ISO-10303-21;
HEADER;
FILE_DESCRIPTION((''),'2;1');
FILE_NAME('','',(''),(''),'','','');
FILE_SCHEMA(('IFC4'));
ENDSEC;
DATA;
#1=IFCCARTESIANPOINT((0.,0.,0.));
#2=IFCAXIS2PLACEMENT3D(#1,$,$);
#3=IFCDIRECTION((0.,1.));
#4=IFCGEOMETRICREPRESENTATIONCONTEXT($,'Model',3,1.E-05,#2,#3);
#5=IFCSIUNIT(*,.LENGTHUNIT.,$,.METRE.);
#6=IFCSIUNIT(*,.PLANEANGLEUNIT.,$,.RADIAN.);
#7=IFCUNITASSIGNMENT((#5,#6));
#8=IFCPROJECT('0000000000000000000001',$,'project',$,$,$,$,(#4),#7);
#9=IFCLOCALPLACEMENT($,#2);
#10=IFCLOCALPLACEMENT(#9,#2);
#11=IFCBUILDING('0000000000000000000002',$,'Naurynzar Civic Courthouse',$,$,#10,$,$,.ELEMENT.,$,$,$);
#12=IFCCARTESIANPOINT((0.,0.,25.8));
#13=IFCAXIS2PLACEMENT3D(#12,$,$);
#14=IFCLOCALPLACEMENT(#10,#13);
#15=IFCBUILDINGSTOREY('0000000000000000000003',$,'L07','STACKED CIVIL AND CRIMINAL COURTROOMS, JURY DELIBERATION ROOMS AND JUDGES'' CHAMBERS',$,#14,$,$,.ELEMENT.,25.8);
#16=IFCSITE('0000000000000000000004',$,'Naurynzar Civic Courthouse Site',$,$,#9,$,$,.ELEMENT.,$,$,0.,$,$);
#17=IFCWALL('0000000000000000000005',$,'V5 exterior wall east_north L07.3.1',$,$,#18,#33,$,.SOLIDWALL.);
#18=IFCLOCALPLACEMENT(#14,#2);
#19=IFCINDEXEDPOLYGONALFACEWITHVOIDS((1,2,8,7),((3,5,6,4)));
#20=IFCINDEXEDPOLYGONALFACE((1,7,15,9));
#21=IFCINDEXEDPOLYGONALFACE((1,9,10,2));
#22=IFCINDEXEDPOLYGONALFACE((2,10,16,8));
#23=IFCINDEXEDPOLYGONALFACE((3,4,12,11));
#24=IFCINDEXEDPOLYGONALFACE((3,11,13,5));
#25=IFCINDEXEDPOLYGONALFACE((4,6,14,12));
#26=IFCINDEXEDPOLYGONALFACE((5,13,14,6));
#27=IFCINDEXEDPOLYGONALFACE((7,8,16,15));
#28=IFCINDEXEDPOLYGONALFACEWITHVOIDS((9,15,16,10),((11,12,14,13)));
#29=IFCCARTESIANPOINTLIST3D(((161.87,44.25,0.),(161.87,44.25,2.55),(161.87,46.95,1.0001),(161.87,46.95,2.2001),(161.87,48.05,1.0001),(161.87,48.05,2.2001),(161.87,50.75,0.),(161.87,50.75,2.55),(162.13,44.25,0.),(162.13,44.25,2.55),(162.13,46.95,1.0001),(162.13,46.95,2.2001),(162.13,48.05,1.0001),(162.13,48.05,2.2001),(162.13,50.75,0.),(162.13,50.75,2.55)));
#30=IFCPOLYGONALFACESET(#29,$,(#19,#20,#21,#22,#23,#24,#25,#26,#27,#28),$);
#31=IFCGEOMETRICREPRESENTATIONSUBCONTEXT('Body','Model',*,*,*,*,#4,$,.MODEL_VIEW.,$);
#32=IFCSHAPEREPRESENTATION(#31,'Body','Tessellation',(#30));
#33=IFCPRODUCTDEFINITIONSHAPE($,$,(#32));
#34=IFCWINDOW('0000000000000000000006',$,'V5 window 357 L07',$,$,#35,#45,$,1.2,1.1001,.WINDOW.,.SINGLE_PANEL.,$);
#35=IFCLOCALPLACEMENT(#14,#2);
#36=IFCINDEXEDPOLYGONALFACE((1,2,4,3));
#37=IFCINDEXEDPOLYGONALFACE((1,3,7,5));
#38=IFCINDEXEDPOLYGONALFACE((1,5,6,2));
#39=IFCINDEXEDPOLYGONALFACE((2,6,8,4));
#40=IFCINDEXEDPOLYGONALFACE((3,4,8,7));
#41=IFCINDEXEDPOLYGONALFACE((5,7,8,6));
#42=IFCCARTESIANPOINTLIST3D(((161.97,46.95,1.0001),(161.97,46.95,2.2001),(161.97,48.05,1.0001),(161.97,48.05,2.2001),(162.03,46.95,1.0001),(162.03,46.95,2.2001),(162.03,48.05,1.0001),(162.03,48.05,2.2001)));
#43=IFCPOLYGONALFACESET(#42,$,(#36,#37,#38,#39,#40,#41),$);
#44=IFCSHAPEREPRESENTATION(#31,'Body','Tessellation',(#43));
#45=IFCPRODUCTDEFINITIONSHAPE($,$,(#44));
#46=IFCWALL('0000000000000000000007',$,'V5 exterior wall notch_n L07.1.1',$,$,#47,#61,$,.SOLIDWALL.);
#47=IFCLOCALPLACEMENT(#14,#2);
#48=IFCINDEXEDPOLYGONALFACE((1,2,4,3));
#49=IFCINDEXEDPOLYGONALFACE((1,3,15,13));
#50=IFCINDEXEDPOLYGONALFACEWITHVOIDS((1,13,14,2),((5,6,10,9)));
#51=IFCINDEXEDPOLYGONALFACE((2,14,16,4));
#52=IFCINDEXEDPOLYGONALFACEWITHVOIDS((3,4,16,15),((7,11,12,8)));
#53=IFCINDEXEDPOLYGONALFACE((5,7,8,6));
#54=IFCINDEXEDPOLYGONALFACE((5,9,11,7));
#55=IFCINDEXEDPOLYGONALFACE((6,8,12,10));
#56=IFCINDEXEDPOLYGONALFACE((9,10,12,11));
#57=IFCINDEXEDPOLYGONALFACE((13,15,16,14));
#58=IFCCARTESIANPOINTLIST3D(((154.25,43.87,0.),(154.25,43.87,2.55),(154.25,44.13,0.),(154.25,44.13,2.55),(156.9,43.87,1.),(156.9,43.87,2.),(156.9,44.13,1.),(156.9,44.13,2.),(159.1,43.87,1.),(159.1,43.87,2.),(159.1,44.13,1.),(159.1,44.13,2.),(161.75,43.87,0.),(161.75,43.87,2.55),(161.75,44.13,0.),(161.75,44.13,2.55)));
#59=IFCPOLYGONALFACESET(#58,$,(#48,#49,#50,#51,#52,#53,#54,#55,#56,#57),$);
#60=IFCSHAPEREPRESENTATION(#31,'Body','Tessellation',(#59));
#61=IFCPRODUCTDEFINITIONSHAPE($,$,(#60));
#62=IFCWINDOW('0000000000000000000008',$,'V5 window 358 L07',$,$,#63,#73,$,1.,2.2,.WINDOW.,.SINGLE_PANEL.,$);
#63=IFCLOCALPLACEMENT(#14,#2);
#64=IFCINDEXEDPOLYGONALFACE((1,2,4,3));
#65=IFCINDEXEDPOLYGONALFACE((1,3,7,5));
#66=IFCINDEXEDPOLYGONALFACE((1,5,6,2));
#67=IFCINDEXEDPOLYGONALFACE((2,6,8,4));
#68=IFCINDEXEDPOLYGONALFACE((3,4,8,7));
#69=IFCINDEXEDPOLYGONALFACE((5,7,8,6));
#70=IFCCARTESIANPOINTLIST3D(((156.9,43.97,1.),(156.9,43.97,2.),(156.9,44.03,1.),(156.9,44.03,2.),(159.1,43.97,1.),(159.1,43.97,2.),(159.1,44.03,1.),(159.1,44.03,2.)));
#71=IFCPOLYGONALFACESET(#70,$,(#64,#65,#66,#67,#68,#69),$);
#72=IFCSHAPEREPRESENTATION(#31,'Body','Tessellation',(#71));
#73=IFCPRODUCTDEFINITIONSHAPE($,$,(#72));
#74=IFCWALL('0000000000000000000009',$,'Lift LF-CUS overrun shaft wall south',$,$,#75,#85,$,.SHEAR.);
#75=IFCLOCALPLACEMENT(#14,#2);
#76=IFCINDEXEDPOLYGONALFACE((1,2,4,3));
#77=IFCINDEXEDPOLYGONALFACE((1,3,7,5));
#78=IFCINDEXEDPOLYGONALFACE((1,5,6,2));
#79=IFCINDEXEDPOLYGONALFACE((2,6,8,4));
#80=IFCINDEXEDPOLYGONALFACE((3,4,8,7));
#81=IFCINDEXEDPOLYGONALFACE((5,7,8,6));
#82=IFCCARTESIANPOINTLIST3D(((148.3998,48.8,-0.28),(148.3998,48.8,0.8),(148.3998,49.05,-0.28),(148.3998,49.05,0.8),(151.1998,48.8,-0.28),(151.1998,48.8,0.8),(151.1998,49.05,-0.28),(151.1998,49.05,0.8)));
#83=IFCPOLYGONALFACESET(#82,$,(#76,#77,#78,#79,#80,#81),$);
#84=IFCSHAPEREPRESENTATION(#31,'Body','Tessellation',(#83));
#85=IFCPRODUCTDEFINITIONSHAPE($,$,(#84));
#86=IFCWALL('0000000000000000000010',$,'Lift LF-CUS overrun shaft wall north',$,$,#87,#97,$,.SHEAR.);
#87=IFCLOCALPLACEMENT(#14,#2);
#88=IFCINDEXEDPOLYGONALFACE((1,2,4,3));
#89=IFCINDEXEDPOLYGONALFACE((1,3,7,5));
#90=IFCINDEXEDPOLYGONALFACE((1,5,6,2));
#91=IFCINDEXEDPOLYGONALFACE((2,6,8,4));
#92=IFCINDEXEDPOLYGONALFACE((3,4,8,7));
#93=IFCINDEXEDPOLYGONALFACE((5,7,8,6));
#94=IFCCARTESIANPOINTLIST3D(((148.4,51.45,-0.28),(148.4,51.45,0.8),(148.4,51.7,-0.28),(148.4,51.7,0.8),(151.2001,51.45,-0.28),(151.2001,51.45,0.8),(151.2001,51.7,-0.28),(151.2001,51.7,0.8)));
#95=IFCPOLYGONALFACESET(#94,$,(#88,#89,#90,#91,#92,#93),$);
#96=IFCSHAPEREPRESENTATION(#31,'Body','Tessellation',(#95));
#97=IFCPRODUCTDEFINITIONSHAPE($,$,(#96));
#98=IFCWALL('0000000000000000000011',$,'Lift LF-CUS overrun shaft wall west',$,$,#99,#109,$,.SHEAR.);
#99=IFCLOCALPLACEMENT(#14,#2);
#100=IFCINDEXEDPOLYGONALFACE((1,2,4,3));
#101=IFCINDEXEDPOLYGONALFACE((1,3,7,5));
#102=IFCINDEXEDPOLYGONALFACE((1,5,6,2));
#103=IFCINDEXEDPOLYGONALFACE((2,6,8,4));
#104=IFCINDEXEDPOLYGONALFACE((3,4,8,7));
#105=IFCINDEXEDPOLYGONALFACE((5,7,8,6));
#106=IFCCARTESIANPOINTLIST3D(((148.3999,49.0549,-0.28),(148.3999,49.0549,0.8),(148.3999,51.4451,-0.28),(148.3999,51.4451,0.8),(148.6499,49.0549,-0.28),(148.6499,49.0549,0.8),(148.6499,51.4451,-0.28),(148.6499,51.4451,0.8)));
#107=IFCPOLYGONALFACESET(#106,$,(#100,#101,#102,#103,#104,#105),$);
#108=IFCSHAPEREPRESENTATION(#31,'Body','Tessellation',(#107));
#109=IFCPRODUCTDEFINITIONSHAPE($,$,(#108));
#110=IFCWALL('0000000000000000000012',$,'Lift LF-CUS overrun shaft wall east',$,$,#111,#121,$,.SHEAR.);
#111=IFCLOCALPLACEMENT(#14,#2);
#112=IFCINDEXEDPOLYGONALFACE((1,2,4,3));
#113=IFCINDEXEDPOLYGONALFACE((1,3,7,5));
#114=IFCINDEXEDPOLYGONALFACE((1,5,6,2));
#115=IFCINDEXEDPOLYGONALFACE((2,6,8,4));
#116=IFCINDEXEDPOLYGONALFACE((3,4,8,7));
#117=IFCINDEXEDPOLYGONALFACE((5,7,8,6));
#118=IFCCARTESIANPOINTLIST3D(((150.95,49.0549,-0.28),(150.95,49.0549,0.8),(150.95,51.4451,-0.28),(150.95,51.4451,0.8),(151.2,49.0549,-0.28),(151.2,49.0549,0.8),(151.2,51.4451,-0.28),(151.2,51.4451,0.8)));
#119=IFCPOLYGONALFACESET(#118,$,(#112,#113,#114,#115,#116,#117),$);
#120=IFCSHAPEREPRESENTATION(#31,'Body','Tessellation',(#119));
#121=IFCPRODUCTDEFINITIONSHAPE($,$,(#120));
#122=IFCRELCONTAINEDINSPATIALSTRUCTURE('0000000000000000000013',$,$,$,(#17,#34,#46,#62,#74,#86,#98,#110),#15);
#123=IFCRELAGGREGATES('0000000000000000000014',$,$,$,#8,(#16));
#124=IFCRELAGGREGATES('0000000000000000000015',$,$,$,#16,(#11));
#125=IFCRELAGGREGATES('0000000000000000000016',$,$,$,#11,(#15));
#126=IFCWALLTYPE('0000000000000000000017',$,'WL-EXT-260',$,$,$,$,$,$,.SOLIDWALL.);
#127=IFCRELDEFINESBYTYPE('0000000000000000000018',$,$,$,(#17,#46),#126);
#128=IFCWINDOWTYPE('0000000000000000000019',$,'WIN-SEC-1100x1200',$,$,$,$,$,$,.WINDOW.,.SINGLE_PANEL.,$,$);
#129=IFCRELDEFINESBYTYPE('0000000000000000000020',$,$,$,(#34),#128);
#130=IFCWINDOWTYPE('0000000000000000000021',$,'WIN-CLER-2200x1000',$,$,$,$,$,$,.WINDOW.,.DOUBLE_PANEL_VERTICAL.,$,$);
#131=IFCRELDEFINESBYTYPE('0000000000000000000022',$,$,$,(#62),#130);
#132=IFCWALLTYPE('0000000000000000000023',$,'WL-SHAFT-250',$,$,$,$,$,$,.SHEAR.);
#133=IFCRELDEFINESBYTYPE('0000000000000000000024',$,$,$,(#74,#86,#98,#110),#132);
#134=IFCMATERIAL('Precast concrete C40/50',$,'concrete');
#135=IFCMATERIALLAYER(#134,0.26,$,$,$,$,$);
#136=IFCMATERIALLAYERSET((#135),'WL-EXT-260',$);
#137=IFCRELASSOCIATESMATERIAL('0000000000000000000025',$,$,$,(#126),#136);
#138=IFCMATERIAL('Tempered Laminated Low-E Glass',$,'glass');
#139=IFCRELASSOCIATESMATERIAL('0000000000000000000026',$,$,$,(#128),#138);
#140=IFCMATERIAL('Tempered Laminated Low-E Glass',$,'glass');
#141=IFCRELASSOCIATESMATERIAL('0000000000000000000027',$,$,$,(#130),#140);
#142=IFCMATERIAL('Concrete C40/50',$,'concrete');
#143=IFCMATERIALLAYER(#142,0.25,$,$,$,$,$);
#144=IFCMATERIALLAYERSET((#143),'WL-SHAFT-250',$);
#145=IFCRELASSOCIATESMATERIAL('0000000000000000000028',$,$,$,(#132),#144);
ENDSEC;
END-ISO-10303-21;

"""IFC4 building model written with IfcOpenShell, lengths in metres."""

from ifc_helpers import new_model, si_unit, direction, frame, frame_2d, origin, place, context, subcontext, project, spatial, rectangle, extrude, material, layer, layer_set, type_object, element, fill, save


model = new_model("IFC4")

# Units and contexts
model_context = context("Model", 3, precision=1e-05, world=origin(), true_north=direction((0.0, 1.0)))
body_context = subcontext(model_context, "Body", "Model", "MODEL_VIEW")
ifc_project = project(units=[si_unit("LENGTHUNIT", "METRE"), si_unit("PLANEANGLEUNIT", "RADIAN")], contexts=[model_context])

# Site, building, storey
site_placement = place(None, origin())
site = spatial("IfcSite", under=ifc_project, at=site_placement, Name="Naurynzar Civic Courthouse Site", CompositionType="ELEMENT", RefElevation=0.0)
building_placement = place(site_placement, origin())
building = spatial("IfcBuilding", under=site, at=building_placement, Name="Naurynzar Civic Courthouse", CompositionType="ELEMENT")
storey_placement = place(building_placement, frame((0.0, 0.0, 25.8)))
storey = spatial("IfcBuildingStorey", under=building, at=storey_placement, Name="L07", Description="STACKED CIVIL AND CRIMINAL COURTROOMS, JURY DELIBERATION ROOMS AND JUDGES' CHAMBERS", CompositionType="ELEMENT", Elevation=25.8)

# Walls, openings, windows
ifc_material_1 = material(Name="Precast concrete C40/50", Category="concrete")
ifc_layer_1 = layer(ifc_material_1, 0.26)
ifc_layer_set_1 = layer_set([ifc_layer_1], Name="WL-EXT-260")
wall_type_1 = type_object("IfcWallType", Name="WL-EXT-260", PredefinedType="SOLIDWALL", material=ifc_layer_set_1)
wall_1_placement = place(storey_placement, frame((162.0, 50.75, 0.0), z_axis=(0.0, 0.0, 1.0), x_axis=(0.0, -1.0, 0.0)))
wall_1 = element("IfcWall", 1, at=wall_1_placement, inside=storey, type_object=wall_type_1, Name="V5 exterior wall east_north L07.3.1", PredefinedType="SOLIDWALL", context=body_context, shape_type="SweptSolid", body=[
    extrude(rectangle(XDim=6.5, YDim=0.26, at=frame_2d((3.25, 0.0))), origin(), (0.0, 0.0, 1.0), 2.55),
])
opening_1_placement = place(wall_1_placement, frame((2.7, 0.0, 1.0)))
opening_1 = element("IfcOpeningElement", 2, at=opening_1_placement, cuts=wall_1, PredefinedType="OPENING", context=body_context, shape_type="SweptSolid", body=[
    extrude(rectangle(XDim=1.1001, YDim=1.2, at=frame_2d((0.55, 0.6001))), frame((0.0, 0.1399, 0.0), z_axis=(0.0, -1.0, 0.0), x_axis=(1.0, 0.0, 0.0)), (0.0, 0.0, 1.0), 0.28),
])
ifc_material_2 = material(Name="Tempered Laminated Low-E Glass", Category="glass")
window_type_1 = type_object("IfcWindowType", Name="WIN-SEC-1100x1200", PartitioningType="SINGLE_PANEL", PredefinedType="WINDOW", material=ifc_material_2)
window_1_placement = place(opening_1_placement, origin())
window_1 = element("IfcWindow", 3, at=window_1_placement, inside=storey, type_object=window_type_1, Name="V5 window 357 L07", OverallHeight=1.2, OverallWidth=1.1001, PartitioningType="SINGLE_PANEL", PredefinedType="WINDOW", context=body_context, shape_type="SweptSolid", body=[
    extrude(rectangle(XDim=1.1001, YDim=1.2, at=frame_2d((0.55, 0.6001))), frame((0.0, 0.03, 0.0), z_axis=(0.0, -1.0, 0.0), x_axis=(1.0, 0.0, 0.0)), (0.0, 0.0, 1.0), 0.0601),
])
fill(opening_1, window_1)
wall_2_placement = place(storey_placement, frame((161.75, 44.0, 0.0), z_axis=(0.0, 0.0, 1.0), x_axis=(-1.0, 0.0, 0.0)))
wall_2 = element("IfcWall", 4, at=wall_2_placement, inside=storey, type_object=wall_type_1, Name="V5 exterior wall notch_n L07.1.1", PredefinedType="SOLIDWALL", context=body_context, shape_type="SweptSolid", body=[
    extrude(rectangle(XDim=7.5, YDim=0.26, at=frame_2d((3.75, 0.0))), origin(), (0.0, 0.0, 1.0), 2.55),
])
opening_2_placement = place(wall_2_placement, frame((2.6499, 0.0, 1.0)))
opening_2 = element("IfcOpeningElement", 5, at=opening_2_placement, cuts=wall_2, PredefinedType="OPENING", context=body_context, shape_type="SweptSolid", body=[
    extrude(rectangle(XDim=2.2, YDim=1.0, at=frame_2d((1.1001, 0.5))), frame((0.0, 0.1399, 0.0), z_axis=(0.0, -1.0, 0.0), x_axis=(1.0, 0.0, 0.0)), (0.0, 0.0, 1.0), 0.28),
])
ifc_material_3 = material(Name="Tempered Laminated Low-E Glass", Category="glass")
window_type_2 = type_object("IfcWindowType", Name="WIN-CLER-2200x1000", PartitioningType="DOUBLE_PANEL_VERTICAL", PredefinedType="WINDOW", material=ifc_material_3)
window_2_placement = place(opening_2_placement, origin())
window_2 = element("IfcWindow", 6, at=window_2_placement, inside=storey, type_object=window_type_2, Name="V5 window 358 L07", OverallHeight=1.0, OverallWidth=2.2, PartitioningType="SINGLE_PANEL", PredefinedType="WINDOW", context=body_context, shape_type="SweptSolid", body=[
    extrude(rectangle(XDim=2.2, YDim=1.0, at=frame_2d((1.1001, 0.5))), frame((0.0, 0.03, 0.0), z_axis=(0.0, -1.0, 0.0), x_axis=(1.0, 0.0, 0.0)), (0.0, 0.0, 1.0), 0.0601),
])
fill(opening_2, window_2)

# Walls
ifc_material_4 = material(Name="Concrete C40/50", Category="concrete")
ifc_layer_2 = layer(ifc_material_4, 0.25)
ifc_layer_set_2 = layer_set([ifc_layer_2], Name="WL-SHAFT-250")
wall_type_2 = type_object("IfcWallType", Name="WL-SHAFT-250", PredefinedType="SHEAR", material=ifc_layer_set_2)
for number, where, z_axis, x_axis, name in (
    (7, (148.3999, 48.925, -0.28), (0.0, 0.0, 1.0), (1.0, 0.0, 0.0), "Lift LF-CUS overrun shaft wall south"),
    (8, (151.2, 51.575, -0.28), (0.0, 0.0, 1.0), (-1.0, 0.0, 0.0), "Lift LF-CUS overrun shaft wall north"),
):
    element("IfcWall", number, at=place(storey_placement, frame(where, z_axis=z_axis, x_axis=x_axis)), inside=storey, type_object=wall_type_2, Name=name, PredefinedType="SHEAR", context=body_context, shape_type="SweptSolid", body=[
        extrude(rectangle(XDim=2.8, YDim=0.25, at=frame_2d((1.3999, 0.0))), origin(), (0.0, 0.0, 1.0), 1.0801),
    ])
for number, where, z_axis, x_axis, name in (
    (9, (148.5249, 51.4451, -0.28), (0.0, 0.0, 1.0), (0.0, -1.0, 0.0), "Lift LF-CUS overrun shaft wall west"),
    (10, (151.075, 49.0549, -0.28), (0.0, 0.0, 1.0), (0.0, 1.0, 0.0), "Lift LF-CUS overrun shaft wall east"),
):
    element("IfcWall", number, at=place(storey_placement, frame(where, z_axis=z_axis, x_axis=x_axis)), inside=storey, type_object=wall_type_2, Name=name, PredefinedType="SHEAR", context=body_context, shape_type="SweptSolid", body=[
        extrude(rectangle(XDim=2.3901, YDim=0.25, at=frame_2d((1.1951, 0.0))), origin(), (0.0, 0.0, 1.0), 1.0801),
    ])

save(model, "model.ifc")
